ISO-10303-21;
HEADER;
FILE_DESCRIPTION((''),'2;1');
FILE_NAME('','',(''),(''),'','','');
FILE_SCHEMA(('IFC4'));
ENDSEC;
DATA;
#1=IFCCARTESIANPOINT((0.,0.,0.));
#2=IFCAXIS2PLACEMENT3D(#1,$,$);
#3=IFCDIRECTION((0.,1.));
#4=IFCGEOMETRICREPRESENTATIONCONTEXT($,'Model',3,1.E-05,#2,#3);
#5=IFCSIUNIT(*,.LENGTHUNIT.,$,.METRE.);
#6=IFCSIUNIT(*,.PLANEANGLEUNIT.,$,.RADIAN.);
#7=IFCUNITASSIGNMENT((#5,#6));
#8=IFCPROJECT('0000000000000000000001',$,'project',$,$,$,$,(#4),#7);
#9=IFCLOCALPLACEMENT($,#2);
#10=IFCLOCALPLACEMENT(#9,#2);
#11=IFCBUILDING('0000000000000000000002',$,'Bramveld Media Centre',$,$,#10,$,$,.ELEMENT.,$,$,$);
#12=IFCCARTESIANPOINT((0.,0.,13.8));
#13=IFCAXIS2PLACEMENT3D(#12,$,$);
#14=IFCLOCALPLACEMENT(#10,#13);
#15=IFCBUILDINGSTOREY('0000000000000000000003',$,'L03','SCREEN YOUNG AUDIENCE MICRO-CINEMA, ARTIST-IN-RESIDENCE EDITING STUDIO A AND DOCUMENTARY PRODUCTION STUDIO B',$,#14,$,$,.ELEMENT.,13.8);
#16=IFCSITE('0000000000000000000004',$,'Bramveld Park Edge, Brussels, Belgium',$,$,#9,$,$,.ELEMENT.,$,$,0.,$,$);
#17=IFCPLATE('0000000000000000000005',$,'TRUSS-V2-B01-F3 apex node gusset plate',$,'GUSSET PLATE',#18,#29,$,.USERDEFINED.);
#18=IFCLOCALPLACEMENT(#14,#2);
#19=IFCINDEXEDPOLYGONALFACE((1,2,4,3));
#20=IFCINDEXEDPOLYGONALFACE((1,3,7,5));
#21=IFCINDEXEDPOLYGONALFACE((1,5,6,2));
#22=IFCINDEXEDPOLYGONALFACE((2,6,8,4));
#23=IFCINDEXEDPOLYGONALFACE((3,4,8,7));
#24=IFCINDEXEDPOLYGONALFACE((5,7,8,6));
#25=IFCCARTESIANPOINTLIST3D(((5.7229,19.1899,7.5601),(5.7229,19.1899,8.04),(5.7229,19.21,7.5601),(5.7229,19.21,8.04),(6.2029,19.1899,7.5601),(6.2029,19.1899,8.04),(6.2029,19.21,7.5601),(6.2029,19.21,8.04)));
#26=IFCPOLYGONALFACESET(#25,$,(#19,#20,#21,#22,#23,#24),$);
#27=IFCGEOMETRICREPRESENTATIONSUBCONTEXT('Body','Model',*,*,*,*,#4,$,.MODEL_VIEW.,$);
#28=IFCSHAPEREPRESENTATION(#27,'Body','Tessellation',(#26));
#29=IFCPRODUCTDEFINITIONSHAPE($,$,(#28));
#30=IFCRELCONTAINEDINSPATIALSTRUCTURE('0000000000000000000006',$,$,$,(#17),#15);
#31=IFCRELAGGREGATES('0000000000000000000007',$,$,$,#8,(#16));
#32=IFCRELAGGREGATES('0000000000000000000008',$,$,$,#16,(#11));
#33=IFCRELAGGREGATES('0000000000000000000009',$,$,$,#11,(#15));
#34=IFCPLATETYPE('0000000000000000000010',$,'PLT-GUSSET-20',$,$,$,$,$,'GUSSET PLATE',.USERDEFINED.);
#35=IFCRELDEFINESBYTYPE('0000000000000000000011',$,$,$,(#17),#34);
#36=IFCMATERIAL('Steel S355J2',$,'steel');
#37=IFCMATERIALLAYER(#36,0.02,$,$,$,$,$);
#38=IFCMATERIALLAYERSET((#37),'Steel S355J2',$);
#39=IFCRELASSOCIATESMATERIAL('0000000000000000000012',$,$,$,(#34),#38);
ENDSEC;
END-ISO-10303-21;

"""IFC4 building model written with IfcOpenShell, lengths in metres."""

from ifc_helpers import new_model, si_unit, direction, frame, origin, origin_2d, place, context, subcontext, project, spatial, rectangle, extrude, material, layer, layer_set, type_object, element, save


model = new_model("IFC4")

# Units and contexts
model_context = context("Model", 3, precision=1e-05, world=origin(), true_north=direction((0.0, 1.0)))
body_context = subcontext(model_context, "Body", "Model", "MODEL_VIEW")
ifc_project = project(units=[si_unit("LENGTHUNIT", "METRE"), si_unit("PLANEANGLEUNIT", "RADIAN")], contexts=[model_context])

# Site, building, storey
site_placement = place(None, origin())
site = spatial("IfcSite", under=ifc_project, at=site_placement, Name="Bramveld Park Edge, Brussels, Belgium", CompositionType="ELEMENT", RefElevation=0.0)
building_placement = place(site_placement, origin())
building = spatial("IfcBuilding", under=site, at=building_placement, Name="Bramveld Media Centre", CompositionType="ELEMENT")
storey_placement = place(building_placement, frame((0.0, 0.0, 13.8)))
storey = spatial("IfcBuildingStorey", under=building, at=storey_placement, Name="L03", Description="SCREEN YOUNG AUDIENCE MICRO-CINEMA, ARTIST-IN-RESIDENCE EDITING STUDIO A AND DOCUMENTARY PRODUCTION STUDIO B", CompositionType="ELEMENT", Elevation=13.8)

# Plate
ifc_material_1 = material(Name="Steel S355J2", Category="steel")
ifc_layer_1 = layer(ifc_material_1, 0.02)
ifc_layer_set_1 = layer_set([ifc_layer_1], Name="Steel S355J2")
plate_type_1 = type_object("IfcPlateType", Name="PLT-GUSSET-20", ElementType="GUSSET PLATE", PredefinedType="USERDEFINED", material=ifc_layer_set_1)
plate_1_placement = place(storey_placement, frame((5.9629, 19.2, 7.5601), z_axis=(0.0, 0.0, 1.0), x_axis=(1.0, 0.0, 0.0)))
element("IfcPlate", 1, at=plate_1_placement, inside=storey, type_object=plate_type_1, Name="TRUSS-V2-B01-F3 apex node gusset plate", ObjectType="GUSSET PLATE", PredefinedType="USERDEFINED", context=body_context, shape_type="SweptSolid", body=[
    extrude(rectangle(XDim=0.48, YDim=0.02, at=origin_2d()), origin(), (0.0, 0.0, 1.0), 0.48),
])

save(model, "model.ifc")
